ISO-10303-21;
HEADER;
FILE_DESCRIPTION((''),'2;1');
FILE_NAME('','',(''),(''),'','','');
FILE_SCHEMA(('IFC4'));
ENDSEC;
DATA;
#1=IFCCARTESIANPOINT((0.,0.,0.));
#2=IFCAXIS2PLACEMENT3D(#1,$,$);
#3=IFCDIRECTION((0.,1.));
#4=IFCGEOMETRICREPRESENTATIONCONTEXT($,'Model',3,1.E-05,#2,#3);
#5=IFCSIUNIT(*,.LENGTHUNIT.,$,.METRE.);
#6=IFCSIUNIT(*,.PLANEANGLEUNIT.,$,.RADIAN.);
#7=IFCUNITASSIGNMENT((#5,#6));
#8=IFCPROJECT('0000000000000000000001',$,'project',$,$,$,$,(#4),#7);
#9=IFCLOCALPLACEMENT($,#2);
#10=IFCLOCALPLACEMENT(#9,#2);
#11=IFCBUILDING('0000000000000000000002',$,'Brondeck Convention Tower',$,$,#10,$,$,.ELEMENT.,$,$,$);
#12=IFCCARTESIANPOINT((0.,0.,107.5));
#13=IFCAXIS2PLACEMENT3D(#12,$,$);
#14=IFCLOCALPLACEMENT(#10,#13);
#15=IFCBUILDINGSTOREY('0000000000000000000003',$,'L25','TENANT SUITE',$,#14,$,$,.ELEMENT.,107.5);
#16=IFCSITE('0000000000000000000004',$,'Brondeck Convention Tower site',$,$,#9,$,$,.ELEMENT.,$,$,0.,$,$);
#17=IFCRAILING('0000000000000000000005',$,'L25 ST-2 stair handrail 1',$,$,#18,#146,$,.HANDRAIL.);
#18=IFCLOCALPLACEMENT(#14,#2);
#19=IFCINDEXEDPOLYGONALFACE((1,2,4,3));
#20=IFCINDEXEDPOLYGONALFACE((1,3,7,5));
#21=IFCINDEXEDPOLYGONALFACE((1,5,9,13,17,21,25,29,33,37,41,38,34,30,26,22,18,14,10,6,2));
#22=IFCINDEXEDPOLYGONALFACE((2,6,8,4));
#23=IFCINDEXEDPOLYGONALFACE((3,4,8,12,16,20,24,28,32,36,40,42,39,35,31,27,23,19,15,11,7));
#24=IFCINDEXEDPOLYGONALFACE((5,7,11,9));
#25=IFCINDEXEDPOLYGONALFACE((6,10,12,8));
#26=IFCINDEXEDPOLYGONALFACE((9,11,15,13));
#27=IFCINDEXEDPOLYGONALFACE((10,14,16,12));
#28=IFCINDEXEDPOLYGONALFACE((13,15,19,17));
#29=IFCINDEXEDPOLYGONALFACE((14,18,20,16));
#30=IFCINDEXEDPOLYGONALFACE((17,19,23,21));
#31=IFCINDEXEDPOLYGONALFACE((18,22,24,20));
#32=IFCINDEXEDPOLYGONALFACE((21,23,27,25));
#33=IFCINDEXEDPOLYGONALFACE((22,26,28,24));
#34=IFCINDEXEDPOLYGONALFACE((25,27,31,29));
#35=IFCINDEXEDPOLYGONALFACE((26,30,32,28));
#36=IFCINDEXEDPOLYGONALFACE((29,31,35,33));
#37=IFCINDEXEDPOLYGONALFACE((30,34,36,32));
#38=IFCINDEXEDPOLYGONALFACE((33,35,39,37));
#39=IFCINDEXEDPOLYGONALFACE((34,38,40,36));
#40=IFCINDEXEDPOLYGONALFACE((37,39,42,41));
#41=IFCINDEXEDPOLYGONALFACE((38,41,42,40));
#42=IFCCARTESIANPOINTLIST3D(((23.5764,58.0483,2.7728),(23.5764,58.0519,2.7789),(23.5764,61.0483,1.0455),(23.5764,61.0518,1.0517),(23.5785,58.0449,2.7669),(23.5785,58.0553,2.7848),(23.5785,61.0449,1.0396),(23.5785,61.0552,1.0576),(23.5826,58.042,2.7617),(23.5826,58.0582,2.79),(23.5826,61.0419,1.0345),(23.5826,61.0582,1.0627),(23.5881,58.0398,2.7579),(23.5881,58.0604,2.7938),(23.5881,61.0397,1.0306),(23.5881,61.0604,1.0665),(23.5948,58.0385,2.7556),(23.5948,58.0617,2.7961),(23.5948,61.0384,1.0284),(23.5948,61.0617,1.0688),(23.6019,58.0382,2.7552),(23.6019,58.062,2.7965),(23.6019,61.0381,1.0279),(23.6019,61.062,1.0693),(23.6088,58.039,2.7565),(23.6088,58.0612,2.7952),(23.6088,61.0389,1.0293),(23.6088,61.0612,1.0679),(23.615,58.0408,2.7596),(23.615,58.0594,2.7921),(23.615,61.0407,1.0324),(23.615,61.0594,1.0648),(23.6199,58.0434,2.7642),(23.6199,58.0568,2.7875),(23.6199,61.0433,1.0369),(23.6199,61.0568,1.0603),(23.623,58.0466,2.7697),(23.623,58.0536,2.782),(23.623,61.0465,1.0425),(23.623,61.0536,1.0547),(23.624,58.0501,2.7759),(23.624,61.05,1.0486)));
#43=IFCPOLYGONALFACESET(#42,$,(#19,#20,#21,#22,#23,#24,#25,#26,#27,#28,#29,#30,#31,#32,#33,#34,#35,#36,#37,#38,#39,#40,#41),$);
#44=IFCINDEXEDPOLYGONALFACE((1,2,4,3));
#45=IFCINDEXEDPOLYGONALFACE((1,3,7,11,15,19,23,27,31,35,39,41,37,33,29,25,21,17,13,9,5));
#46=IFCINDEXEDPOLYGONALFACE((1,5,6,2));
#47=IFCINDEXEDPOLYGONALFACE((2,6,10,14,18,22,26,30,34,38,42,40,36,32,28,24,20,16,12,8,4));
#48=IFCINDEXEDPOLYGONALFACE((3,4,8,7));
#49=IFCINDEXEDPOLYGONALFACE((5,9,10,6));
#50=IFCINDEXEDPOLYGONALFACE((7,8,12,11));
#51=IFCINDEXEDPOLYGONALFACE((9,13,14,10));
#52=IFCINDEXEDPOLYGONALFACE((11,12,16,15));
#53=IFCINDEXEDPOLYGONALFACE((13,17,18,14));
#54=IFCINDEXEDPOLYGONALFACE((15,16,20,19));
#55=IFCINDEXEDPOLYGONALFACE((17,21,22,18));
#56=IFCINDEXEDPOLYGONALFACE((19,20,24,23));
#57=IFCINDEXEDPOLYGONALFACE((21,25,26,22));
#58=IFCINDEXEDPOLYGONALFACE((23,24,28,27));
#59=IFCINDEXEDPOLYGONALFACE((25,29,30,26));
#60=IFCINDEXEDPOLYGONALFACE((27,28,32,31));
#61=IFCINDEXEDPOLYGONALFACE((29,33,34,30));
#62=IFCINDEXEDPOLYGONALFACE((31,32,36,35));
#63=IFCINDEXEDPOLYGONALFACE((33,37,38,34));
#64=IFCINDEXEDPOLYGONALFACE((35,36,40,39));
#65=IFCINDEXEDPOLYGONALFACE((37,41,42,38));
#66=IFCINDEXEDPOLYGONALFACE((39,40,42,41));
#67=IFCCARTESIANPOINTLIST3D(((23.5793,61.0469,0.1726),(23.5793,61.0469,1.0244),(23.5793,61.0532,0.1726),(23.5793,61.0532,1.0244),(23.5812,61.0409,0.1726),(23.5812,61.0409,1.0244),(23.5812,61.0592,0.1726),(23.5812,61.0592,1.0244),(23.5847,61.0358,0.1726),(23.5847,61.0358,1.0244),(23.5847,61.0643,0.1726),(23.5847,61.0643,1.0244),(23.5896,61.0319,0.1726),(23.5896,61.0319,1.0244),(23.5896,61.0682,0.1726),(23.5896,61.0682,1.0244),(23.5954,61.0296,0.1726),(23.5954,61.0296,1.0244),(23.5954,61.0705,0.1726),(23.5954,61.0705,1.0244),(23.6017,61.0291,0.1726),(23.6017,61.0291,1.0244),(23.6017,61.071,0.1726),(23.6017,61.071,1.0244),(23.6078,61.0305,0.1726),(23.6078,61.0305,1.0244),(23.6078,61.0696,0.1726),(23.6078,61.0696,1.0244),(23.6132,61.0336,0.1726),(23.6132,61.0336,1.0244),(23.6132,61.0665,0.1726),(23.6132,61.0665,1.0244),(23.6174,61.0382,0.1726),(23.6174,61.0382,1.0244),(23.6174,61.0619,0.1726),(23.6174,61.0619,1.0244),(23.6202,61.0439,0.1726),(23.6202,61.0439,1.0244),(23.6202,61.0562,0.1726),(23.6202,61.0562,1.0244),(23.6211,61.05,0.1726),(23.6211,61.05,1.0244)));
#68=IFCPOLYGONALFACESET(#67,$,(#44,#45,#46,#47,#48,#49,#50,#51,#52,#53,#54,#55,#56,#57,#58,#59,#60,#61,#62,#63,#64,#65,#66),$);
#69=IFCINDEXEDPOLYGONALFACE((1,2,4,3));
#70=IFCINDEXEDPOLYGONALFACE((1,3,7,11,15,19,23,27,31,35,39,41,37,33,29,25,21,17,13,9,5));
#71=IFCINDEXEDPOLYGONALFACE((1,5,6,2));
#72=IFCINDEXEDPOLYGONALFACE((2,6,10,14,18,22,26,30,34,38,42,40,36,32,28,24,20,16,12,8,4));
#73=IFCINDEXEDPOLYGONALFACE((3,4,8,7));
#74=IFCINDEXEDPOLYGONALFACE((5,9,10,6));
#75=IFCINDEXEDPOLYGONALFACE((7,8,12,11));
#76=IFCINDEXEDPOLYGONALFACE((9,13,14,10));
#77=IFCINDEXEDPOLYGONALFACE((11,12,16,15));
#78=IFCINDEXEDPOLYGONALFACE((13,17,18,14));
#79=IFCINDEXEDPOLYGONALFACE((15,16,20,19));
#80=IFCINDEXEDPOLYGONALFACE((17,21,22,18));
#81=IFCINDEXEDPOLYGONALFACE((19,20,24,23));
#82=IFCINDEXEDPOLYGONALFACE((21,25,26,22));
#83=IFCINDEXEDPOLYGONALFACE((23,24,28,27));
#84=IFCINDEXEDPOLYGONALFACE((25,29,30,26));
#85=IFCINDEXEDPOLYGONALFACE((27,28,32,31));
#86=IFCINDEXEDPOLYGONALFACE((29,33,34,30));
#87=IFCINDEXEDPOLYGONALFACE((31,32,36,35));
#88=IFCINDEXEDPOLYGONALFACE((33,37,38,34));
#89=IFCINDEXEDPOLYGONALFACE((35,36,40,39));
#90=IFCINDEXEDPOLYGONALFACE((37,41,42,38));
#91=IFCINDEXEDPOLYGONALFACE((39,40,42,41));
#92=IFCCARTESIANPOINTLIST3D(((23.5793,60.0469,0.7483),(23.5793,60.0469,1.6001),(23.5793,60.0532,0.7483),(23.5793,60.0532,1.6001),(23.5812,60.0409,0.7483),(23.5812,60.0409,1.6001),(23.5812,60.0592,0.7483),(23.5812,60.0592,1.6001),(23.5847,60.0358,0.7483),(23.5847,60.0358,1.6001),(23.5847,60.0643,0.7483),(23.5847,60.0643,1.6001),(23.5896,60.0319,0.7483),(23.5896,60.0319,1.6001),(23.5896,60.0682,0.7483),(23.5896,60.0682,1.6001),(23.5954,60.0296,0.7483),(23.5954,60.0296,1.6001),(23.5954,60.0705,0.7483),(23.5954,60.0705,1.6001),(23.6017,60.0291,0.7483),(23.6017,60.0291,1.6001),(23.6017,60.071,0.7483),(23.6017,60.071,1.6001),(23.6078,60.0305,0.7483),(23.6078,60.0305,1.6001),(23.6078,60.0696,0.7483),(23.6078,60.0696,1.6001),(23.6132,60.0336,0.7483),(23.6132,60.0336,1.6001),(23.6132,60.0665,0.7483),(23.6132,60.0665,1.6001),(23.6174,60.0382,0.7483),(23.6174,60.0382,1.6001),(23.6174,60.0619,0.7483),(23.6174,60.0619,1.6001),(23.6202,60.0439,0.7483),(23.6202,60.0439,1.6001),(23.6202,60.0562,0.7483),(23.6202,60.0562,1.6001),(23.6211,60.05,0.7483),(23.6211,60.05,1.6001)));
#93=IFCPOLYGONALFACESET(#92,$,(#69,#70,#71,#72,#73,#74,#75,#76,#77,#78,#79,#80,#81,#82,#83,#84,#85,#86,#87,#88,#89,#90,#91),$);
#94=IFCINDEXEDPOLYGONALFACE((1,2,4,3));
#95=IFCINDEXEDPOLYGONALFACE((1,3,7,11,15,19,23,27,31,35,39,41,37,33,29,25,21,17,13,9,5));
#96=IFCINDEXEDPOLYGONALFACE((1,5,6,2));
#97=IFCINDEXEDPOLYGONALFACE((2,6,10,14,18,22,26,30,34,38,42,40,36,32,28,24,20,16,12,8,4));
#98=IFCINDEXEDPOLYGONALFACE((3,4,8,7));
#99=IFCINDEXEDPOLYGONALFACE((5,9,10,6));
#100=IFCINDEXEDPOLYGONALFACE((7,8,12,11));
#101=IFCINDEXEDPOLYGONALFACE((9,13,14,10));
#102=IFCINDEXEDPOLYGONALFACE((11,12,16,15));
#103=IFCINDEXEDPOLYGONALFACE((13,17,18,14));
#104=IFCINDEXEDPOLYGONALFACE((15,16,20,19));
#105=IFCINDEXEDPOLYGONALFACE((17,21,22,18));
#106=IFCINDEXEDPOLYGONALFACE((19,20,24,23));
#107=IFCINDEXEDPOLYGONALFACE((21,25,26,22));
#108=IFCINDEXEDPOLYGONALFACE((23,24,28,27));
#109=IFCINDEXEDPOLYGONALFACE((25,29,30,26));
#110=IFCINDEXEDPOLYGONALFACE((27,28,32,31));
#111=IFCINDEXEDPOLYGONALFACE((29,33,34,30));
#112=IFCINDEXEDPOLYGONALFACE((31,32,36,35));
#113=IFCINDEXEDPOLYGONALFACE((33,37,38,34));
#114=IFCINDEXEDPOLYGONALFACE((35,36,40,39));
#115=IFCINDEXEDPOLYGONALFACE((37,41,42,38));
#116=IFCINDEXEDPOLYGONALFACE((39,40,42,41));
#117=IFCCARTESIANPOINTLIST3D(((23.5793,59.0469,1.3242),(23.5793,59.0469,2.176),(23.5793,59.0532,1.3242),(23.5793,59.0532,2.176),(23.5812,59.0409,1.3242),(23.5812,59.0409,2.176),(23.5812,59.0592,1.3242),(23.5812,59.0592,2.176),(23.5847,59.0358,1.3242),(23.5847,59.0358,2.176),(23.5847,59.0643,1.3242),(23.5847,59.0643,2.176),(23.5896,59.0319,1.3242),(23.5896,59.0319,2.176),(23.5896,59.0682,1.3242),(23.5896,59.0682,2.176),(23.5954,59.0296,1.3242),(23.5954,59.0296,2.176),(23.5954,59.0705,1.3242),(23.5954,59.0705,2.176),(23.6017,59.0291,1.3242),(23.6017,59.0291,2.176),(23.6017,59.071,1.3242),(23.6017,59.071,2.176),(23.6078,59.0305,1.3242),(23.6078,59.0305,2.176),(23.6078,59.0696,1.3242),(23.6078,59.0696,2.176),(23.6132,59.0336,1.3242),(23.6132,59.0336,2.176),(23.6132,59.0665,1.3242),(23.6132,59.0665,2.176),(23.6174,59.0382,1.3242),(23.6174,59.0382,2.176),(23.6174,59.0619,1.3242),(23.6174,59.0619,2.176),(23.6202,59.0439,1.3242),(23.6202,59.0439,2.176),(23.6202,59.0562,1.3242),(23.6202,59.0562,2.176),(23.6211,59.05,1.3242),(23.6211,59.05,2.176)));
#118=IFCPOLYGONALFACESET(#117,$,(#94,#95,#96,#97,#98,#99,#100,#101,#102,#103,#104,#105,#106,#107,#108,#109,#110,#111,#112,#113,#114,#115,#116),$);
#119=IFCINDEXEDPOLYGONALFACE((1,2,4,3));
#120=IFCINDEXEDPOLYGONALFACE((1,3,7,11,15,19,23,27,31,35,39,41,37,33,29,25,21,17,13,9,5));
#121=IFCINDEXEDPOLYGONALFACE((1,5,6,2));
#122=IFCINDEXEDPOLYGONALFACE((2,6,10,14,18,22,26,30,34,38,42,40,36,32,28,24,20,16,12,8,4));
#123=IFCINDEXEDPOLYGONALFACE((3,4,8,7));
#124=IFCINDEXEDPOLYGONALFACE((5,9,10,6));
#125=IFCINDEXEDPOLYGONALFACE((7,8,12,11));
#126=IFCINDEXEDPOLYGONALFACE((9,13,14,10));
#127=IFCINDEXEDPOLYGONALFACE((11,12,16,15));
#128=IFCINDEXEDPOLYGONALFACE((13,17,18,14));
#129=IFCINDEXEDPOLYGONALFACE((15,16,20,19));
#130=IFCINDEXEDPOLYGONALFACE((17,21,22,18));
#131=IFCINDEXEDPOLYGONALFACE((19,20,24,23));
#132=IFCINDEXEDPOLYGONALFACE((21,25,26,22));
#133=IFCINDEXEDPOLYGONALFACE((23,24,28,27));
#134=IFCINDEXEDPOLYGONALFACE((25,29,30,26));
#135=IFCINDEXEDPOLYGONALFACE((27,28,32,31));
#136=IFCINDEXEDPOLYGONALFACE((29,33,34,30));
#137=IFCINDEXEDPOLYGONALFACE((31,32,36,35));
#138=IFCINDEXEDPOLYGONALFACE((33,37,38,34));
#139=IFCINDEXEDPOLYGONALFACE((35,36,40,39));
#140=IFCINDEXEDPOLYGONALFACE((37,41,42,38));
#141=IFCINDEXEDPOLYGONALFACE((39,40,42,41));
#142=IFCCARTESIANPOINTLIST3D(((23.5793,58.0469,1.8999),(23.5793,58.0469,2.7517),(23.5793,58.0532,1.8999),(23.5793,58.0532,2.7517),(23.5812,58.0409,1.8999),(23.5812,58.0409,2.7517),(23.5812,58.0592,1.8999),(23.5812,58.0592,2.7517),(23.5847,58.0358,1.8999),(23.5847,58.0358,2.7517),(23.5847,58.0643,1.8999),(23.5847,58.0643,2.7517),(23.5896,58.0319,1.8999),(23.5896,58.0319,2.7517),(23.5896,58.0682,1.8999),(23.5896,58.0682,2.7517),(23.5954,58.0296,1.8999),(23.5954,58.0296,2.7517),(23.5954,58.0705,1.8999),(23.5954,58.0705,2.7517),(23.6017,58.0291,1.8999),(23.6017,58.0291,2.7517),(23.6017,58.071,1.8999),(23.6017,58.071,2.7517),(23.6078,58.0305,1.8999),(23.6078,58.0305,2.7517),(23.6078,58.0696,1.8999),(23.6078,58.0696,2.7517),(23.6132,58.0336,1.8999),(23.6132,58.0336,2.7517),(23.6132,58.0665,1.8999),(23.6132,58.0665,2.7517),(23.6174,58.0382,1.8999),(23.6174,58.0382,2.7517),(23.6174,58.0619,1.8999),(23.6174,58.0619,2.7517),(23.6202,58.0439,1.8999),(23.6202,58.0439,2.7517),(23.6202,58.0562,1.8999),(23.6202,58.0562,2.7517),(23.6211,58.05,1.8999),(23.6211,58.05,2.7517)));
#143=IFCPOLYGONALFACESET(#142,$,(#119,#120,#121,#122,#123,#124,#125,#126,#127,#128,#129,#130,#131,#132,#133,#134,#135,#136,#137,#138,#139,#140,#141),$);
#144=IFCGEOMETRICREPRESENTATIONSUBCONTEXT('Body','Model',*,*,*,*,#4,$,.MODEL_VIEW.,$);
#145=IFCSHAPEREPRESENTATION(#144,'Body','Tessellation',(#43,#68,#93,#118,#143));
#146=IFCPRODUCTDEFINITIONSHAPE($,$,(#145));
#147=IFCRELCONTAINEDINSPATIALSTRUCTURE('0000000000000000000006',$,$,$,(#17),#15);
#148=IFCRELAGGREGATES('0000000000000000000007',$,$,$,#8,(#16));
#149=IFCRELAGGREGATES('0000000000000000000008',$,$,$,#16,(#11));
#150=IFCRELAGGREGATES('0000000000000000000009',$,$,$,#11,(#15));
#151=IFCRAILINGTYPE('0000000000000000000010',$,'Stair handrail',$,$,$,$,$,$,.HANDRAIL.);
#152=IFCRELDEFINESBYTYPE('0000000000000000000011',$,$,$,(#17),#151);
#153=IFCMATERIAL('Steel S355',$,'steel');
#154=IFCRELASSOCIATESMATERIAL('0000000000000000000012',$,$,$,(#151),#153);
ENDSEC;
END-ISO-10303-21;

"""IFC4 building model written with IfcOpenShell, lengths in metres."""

from ifc_helpers import new_model, si_unit, direction, frame, origin, origin_2d, place, context, subcontext, project, spatial, circle, extrude, material, type_object, element, save


model = new_model("IFC4")

# Units and contexts
model_context = context("Model", 3, precision=1e-05, world=origin(), true_north=direction((0.0, 1.0)))
body_context = subcontext(model_context, "Body", "Model", "MODEL_VIEW")
ifc_project = project(units=[si_unit("LENGTHUNIT", "METRE"), si_unit("PLANEANGLEUNIT", "RADIAN")], contexts=[model_context])

# Site, building, storey
site_placement = place(None, origin())
site = spatial("IfcSite", under=ifc_project, at=site_placement, Name="Brondeck Convention Tower site", CompositionType="ELEMENT", RefElevation=0.0)
building_placement = place(site_placement, origin())
building = spatial("IfcBuilding", under=site, at=building_placement, Name="Brondeck Convention Tower", CompositionType="ELEMENT")
storey_placement = place(building_placement, frame((0.0, 0.0, 107.5)))
storey = spatial("IfcBuildingStorey", under=building, at=storey_placement, Name="L25", Description="TENANT SUITE", CompositionType="ELEMENT", Elevation=107.5)

# Railing
ifc_material_1 = material(Name="Steel S355", Category="steel")
railing_type_1 = type_object("IfcRailingType", Name="Stair handrail", PredefinedType="HANDRAIL", material=ifc_material_1)
railing_1_placement = place(storey_placement, frame((23.6001, 61.05, 0.1726)))
element("IfcRailing", 1, at=railing_1_placement, inside=storey, type_object=railing_type_1, Name="L25 ST-2 stair handrail 1", PredefinedType="HANDRAIL", context=body_context, shape_type="SweptSolid", body=[
    extrude(circle(Radius=0.0239, at=origin_2d()), frame((0.0, 0.0, 0.876), z_axis=(0.0, -0.86662, 0.498969), x_axis=(1.0, 0.0, 0.0)), (0.0, 0.0, 1.0), 3.4617),
    extrude(circle(Radius=0.021, at=origin_2d()), origin(), (0.0, 0.0, 1.0), 0.8518),
    extrude(circle(Radius=0.021, at=origin_2d()), frame((0.0, -1.0, 0.5757)), (0.0, 0.0, 1.0), 0.8518),
    extrude(circle(Radius=0.021, at=origin_2d()), frame((0.0, -2.0, 1.1516)), (0.0, 0.0, 1.0), 0.8518),
    extrude(circle(Radius=0.021, at=origin_2d()), frame((0.0, -3.0, 1.7273)), (0.0, 0.0, 1.0), 0.8518),
])

save(model, "model.ifc")
